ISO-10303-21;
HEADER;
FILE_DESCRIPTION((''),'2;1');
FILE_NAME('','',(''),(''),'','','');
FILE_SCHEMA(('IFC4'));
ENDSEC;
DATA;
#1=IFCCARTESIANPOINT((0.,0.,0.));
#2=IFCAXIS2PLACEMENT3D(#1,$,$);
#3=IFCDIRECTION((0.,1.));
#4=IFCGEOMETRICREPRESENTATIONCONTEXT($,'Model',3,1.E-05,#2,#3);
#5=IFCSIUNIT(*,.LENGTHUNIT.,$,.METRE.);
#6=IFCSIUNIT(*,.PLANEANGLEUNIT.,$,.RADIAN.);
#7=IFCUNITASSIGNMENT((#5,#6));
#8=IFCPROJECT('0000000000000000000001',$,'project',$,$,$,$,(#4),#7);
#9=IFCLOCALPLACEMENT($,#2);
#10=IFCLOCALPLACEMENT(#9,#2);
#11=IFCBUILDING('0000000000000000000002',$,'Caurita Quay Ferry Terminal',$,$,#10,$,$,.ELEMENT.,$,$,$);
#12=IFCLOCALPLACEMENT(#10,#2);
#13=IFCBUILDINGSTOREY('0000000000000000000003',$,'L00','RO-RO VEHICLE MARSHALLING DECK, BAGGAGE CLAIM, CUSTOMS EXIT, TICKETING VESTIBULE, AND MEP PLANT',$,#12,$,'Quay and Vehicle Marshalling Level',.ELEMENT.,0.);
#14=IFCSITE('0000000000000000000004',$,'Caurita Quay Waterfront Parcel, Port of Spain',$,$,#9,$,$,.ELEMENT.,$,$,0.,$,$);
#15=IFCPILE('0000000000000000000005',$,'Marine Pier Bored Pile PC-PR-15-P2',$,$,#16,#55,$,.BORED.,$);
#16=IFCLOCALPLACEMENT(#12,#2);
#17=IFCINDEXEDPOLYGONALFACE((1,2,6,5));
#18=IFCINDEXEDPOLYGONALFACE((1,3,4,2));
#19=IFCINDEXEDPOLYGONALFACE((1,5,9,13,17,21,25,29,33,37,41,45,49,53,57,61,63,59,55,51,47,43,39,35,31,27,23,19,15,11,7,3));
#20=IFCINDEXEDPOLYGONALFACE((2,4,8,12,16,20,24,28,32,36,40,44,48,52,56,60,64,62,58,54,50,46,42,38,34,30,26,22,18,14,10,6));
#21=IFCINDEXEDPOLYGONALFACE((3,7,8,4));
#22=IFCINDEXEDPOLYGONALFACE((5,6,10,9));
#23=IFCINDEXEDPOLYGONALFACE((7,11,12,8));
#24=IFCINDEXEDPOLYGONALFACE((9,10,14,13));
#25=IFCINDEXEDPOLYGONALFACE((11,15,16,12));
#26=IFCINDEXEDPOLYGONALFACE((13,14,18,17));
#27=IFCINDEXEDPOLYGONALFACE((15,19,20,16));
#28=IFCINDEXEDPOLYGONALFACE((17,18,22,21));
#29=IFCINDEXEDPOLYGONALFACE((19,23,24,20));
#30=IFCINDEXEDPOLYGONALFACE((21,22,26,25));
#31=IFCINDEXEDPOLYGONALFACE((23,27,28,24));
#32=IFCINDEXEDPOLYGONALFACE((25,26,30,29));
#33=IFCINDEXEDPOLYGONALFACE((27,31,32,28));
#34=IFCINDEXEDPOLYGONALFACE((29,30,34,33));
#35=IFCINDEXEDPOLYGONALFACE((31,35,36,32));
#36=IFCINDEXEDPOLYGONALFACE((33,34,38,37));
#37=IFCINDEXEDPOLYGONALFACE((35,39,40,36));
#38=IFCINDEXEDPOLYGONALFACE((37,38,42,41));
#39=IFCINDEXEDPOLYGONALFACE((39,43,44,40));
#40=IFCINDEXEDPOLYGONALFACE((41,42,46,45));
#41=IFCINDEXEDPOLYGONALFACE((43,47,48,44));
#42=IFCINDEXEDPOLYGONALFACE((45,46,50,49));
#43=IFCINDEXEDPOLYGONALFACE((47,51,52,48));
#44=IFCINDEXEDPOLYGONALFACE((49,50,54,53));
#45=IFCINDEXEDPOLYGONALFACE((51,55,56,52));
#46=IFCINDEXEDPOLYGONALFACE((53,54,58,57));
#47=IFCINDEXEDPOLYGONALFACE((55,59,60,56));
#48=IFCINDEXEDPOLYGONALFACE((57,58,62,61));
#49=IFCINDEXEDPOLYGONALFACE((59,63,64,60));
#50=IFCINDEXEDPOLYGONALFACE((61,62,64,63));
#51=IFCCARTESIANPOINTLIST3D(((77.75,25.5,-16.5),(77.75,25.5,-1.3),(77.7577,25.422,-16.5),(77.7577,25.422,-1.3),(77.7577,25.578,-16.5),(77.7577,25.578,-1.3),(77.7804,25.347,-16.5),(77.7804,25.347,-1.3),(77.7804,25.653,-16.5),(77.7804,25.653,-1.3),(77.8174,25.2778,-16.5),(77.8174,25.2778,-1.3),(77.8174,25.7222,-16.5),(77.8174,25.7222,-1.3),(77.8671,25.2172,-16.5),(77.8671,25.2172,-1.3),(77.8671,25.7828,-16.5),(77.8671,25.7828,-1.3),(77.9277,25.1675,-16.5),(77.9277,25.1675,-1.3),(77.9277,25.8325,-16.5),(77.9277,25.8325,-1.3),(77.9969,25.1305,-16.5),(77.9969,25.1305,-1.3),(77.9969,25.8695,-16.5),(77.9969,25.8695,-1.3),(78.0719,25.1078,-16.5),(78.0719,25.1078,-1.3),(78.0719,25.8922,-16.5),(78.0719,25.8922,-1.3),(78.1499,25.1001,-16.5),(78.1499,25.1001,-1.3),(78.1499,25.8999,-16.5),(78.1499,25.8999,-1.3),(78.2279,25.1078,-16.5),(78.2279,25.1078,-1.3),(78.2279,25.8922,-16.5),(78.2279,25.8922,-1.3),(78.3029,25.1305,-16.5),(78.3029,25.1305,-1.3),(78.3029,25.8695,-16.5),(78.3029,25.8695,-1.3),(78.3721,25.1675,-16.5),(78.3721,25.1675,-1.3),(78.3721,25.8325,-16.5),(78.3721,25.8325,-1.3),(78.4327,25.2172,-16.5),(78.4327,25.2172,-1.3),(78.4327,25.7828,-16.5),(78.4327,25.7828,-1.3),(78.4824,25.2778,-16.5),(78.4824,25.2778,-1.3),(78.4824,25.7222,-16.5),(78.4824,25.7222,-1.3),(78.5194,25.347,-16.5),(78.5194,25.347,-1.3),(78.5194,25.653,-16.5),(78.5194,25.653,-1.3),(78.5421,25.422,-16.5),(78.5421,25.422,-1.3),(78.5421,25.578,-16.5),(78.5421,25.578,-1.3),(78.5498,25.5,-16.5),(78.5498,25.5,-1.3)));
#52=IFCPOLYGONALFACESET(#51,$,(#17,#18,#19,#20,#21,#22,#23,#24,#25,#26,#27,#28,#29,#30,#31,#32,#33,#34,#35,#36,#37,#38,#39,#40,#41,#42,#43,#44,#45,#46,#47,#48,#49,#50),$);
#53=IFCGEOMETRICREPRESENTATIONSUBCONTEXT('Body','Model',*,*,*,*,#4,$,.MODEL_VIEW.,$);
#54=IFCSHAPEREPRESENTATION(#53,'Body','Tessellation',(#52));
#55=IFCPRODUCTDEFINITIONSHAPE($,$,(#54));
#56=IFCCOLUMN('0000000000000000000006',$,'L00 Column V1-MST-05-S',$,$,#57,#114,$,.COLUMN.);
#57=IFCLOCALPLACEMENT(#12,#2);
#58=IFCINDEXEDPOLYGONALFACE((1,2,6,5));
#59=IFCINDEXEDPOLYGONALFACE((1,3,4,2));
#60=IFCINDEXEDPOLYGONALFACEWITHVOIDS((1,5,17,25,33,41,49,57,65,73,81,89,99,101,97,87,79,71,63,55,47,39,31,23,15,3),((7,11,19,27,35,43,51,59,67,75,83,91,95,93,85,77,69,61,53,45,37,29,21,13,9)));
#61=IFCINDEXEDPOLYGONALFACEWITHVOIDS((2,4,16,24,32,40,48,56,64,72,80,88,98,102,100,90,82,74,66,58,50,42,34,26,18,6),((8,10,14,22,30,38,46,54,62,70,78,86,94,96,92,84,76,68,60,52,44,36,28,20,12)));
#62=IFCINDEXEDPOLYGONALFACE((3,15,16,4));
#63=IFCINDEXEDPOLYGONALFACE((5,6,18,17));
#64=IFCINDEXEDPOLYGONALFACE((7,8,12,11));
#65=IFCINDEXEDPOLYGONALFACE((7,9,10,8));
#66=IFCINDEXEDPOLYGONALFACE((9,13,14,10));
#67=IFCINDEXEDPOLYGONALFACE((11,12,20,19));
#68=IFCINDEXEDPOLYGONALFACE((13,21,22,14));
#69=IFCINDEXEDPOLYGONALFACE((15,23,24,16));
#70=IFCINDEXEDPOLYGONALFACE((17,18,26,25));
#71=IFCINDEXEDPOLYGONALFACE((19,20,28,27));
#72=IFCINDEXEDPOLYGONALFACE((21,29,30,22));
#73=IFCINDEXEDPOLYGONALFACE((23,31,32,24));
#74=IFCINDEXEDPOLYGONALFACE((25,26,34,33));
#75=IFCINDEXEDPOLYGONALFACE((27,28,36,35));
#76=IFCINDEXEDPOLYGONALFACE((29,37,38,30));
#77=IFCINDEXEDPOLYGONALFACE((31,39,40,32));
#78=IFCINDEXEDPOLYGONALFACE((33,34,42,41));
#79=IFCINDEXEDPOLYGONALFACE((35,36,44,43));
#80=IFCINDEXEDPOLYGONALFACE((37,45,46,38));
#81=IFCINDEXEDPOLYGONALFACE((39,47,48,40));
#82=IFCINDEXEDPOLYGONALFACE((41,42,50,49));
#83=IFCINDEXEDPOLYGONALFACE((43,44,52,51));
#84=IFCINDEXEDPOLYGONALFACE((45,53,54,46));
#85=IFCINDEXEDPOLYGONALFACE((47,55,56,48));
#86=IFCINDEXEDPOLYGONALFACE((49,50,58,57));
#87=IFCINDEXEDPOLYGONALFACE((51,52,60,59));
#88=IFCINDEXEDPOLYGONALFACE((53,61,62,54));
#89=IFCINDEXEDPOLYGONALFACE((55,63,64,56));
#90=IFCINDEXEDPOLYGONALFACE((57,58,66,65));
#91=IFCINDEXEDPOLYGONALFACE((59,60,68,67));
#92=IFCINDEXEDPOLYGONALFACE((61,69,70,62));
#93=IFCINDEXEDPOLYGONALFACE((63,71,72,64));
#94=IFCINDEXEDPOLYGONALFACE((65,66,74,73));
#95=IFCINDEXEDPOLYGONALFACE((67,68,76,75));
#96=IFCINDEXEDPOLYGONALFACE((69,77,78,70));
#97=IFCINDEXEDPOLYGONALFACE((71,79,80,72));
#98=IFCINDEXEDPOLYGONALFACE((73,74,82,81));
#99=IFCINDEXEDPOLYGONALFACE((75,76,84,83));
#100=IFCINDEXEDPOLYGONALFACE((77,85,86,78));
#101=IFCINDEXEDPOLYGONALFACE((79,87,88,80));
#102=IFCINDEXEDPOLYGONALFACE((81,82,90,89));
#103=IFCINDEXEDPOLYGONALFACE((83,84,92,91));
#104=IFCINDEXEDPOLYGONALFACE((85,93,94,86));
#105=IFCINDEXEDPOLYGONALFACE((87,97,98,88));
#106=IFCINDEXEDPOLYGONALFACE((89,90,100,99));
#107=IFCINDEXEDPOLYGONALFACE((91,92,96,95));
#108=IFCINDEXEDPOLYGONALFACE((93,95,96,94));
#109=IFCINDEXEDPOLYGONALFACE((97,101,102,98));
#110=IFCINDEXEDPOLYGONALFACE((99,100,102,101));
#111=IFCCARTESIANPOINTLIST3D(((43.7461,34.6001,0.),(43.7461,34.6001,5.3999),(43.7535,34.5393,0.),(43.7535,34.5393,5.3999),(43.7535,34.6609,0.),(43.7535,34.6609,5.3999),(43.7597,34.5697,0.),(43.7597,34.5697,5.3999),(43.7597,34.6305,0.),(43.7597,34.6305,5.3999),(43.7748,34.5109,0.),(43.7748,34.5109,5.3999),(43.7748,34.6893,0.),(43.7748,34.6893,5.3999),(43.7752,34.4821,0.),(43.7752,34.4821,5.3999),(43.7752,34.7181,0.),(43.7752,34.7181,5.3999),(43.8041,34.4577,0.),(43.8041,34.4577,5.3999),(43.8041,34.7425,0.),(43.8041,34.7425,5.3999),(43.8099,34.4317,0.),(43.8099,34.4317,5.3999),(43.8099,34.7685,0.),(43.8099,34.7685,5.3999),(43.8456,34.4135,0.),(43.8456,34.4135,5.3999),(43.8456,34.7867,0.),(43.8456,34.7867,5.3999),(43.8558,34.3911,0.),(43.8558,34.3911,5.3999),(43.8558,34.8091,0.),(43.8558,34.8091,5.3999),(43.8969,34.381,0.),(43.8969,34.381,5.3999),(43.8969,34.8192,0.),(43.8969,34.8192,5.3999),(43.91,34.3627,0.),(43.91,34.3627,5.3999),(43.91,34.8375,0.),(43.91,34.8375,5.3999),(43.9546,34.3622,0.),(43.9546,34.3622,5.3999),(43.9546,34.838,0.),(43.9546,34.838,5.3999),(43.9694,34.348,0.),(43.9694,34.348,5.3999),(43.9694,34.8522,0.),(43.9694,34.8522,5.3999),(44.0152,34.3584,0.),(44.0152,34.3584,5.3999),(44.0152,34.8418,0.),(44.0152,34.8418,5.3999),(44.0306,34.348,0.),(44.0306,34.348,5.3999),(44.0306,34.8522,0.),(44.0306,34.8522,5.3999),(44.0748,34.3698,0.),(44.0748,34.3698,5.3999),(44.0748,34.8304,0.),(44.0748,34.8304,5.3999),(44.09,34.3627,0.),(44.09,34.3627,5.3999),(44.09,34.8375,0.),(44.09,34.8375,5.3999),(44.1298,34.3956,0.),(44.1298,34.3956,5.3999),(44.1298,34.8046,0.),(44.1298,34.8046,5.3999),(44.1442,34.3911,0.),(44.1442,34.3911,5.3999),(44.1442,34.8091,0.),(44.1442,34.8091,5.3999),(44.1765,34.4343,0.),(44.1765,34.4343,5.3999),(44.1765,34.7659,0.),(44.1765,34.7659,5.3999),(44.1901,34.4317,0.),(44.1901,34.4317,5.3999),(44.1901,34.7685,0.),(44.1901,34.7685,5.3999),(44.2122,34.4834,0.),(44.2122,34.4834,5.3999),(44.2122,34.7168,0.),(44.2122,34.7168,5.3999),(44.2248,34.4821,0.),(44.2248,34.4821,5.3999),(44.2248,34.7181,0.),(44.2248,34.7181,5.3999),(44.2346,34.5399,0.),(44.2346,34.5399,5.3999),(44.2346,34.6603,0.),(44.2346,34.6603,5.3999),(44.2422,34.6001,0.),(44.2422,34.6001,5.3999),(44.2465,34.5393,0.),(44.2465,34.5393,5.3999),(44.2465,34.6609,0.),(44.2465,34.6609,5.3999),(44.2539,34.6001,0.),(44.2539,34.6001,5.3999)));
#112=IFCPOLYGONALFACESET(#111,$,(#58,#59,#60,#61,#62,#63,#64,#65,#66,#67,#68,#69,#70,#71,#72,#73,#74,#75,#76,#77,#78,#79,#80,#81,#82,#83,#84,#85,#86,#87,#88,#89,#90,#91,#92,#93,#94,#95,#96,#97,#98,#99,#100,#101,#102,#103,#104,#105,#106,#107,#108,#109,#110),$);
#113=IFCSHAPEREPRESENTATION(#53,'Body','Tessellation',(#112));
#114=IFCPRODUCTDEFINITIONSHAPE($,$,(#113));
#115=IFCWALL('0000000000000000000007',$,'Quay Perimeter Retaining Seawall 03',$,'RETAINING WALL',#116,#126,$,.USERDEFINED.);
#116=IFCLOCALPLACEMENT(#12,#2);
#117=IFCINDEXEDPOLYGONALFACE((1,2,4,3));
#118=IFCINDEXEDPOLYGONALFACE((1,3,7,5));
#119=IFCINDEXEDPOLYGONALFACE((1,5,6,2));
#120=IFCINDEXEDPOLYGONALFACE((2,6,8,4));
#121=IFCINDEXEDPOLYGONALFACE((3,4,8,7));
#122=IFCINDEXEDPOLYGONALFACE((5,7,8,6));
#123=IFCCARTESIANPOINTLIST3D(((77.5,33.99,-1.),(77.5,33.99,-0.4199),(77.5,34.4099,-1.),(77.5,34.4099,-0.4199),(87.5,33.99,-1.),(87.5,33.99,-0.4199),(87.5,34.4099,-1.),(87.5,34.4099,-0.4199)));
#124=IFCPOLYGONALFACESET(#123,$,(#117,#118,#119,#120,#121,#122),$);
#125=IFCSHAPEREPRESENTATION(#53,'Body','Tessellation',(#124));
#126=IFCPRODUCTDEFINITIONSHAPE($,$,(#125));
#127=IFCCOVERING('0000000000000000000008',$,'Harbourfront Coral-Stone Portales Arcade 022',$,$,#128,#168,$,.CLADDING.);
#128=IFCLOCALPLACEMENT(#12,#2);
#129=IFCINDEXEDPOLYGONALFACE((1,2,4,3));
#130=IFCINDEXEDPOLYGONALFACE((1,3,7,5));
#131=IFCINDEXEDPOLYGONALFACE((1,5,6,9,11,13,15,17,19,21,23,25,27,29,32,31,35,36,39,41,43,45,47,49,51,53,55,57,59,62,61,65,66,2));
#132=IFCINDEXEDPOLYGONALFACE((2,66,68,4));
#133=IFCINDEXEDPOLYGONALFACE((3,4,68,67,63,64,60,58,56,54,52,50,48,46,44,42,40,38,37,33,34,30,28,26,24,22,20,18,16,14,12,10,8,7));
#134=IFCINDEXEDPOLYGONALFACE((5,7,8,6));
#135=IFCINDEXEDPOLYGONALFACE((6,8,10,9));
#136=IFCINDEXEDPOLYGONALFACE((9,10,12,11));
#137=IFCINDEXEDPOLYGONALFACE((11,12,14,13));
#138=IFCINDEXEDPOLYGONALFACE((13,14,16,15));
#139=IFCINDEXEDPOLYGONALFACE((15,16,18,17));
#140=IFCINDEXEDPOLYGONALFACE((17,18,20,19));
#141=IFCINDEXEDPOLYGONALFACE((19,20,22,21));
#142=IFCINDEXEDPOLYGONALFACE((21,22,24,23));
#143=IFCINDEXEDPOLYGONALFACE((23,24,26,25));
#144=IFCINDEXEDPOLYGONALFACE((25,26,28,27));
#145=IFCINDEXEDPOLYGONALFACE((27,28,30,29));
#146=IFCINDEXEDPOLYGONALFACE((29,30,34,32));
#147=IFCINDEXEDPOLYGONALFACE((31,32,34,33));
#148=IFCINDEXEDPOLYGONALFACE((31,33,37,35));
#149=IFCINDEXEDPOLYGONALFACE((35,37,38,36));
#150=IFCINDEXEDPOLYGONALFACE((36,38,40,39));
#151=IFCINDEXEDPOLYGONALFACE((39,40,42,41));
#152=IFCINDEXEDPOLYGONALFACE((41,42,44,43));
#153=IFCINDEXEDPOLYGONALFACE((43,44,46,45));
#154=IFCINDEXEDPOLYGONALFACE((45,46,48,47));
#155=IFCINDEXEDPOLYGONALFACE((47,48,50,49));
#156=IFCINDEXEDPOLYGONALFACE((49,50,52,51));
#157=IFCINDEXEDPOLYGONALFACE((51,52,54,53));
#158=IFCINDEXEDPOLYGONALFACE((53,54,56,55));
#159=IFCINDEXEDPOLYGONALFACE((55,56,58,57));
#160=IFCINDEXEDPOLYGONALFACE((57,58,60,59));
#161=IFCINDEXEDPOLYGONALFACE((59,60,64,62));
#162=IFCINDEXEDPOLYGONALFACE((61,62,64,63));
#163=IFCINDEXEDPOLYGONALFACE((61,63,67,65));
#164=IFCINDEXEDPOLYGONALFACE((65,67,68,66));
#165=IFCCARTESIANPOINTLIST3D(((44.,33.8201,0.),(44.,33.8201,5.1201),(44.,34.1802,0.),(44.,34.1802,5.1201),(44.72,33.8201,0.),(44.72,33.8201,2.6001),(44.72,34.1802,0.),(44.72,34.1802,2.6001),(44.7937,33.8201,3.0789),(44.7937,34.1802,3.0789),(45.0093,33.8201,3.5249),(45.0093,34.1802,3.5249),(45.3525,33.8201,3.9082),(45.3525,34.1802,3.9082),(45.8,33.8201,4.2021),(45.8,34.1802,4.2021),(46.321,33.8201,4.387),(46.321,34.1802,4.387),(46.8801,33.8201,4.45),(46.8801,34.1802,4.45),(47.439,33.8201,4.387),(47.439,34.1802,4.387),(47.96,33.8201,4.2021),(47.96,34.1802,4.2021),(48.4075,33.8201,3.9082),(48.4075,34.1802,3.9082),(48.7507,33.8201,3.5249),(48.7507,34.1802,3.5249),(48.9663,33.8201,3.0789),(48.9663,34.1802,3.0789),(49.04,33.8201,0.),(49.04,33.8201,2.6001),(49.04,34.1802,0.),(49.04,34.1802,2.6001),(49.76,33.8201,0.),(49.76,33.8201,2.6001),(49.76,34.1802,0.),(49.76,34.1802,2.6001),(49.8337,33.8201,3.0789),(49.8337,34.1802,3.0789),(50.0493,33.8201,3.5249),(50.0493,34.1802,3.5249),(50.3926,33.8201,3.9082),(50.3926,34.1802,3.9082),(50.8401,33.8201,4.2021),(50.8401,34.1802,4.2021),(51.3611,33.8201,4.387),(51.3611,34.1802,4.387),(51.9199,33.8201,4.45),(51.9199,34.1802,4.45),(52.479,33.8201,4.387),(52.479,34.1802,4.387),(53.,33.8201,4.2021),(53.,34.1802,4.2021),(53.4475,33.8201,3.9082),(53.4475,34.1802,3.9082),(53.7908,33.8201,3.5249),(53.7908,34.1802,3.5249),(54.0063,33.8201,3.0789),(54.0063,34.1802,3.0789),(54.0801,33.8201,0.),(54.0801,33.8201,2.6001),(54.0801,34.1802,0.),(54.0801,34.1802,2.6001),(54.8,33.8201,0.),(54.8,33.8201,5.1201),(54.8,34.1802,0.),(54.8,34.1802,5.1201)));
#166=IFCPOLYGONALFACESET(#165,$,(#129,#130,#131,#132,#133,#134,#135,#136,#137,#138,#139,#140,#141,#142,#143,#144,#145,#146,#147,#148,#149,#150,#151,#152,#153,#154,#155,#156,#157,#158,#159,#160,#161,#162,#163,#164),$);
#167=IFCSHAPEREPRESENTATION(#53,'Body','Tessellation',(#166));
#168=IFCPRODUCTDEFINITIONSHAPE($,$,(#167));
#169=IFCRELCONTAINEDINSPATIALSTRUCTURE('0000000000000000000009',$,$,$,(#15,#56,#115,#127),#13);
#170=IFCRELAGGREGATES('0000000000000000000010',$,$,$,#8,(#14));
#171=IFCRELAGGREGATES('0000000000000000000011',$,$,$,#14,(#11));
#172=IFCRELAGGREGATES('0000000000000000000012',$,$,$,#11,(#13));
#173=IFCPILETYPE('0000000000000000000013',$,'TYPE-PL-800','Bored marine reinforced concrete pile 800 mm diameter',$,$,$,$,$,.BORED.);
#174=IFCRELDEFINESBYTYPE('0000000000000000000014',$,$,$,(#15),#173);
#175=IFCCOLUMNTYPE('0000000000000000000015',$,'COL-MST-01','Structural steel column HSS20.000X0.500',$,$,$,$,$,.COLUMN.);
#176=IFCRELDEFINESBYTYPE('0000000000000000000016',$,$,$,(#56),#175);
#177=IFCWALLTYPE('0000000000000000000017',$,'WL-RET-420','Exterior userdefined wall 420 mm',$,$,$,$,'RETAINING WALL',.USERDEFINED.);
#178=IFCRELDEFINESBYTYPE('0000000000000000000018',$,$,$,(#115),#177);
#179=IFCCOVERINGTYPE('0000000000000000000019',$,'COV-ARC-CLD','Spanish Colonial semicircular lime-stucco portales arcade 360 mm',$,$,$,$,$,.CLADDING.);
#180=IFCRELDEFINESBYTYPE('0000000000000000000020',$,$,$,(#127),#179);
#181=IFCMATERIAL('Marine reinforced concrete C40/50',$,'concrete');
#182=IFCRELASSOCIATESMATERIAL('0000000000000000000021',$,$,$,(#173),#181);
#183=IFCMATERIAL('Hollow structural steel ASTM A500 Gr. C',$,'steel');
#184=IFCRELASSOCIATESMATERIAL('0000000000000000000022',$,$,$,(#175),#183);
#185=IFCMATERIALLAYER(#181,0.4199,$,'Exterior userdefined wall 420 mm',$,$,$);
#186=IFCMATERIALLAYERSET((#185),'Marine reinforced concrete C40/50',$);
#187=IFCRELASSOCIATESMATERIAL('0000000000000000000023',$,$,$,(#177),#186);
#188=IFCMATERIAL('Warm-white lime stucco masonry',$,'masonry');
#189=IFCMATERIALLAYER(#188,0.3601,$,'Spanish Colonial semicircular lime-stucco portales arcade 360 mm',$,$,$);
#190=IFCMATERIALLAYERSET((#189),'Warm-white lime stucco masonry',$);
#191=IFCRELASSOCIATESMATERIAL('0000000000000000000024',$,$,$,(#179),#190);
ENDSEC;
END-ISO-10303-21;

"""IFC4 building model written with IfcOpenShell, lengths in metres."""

from ifc_helpers import new_model, si_unit, direction, frame, frame_2d, origin, origin_2d, place, context, subcontext, project, spatial, polyline, rectangle, circle, hollow_circle, outline, extrude, material, layer, layer_set, material_profile, profile_set, type_object, element, save


model = new_model("IFC4")

# Units and contexts
model_context = context("Model", 3, precision=1e-05, world=origin(), true_north=direction((0.0, 1.0)))
body_context = subcontext(model_context, "Body", "Model", "MODEL_VIEW")
ifc_project = project(units=[si_unit("LENGTHUNIT", "METRE"), si_unit("PLANEANGLEUNIT", "RADIAN")], contexts=[model_context])

# Site, building, storey
site_placement = place(None, origin())
site = spatial("IfcSite", under=ifc_project, at=site_placement, Name="Caurita Quay Waterfront Parcel, Port of Spain", CompositionType="ELEMENT", RefElevation=0.0)
building_placement = place(site_placement, origin())
building = spatial("IfcBuilding", under=site, at=building_placement, Name="Caurita Quay Ferry Terminal", CompositionType="ELEMENT")
storey_placement = place(building_placement, origin())
storey = spatial("IfcBuildingStorey", under=building, at=storey_placement, Name="L00", Description="RO-RO VEHICLE MARSHALLING DECK, BAGGAGE CLAIM, CUSTOMS EXIT, TICKETING VESTIBULE, AND MEP PLANT", LongName="Quay and Vehicle Marshalling Level", CompositionType="ELEMENT", Elevation=0.0)

# Pile
ifc_material_1 = material(Name="Marine reinforced concrete C40/50", Category="concrete")
ifc_material_profile_1 = material_profile(ifc_material_1, circle(Radius=0.3999, at=origin_2d()), Name="PILE-D800")
ifc_profile_set_1 = profile_set([ifc_material_profile_1], Name="Marine reinforced concrete C40/50")
pile_type_1 = type_object("IfcPileType", Name="TYPE-PL-800", Description="Bored marine reinforced concrete pile 800 mm diameter", PredefinedType="BORED", material=ifc_profile_set_1)
for number, where, z_axis, x_axis, name in (
    (1, (78.1499, 25.5, -1.3), (0.0, 0.0, -1.0), (1.0, 0.0, 0.0), "Marine Pier Bored Pile PC-PR-15-P2"),
):
    element("IfcPile", number, at=place(storey_placement, frame(where, z_axis=z_axis, x_axis=x_axis)), inside=storey, type_object=pile_type_1, Name=name, PredefinedType="BORED", context=body_context, shape_type="SweptSolid", body=[
        extrude(circle(Radius=0.3999, at=origin_2d()), origin(), (0.0, 0.0, 1.0), 15.2),
    ])

# Column
ifc_material_2 = material(Name="Hollow structural steel ASTM A500 Gr. C", Category="steel")
ifc_material_profile_2 = material_profile(ifc_material_2, hollow_circle(Radius=0.2539, WallThickness=0.0117, at=origin_2d()), Name="HSS20.000X0.500")
ifc_profile_set_2 = profile_set([ifc_material_profile_2], Name="Hollow structural steel ASTM A500 Gr. C")
column_type = type_object("IfcColumnType", Name="COL-MST-01", Description="Structural steel column HSS20.000X0.500", PredefinedType="COLUMN", material=ifc_profile_set_2)
column_placement = place(storey_placement, frame((44.0, 34.6001, 0.0), z_axis=(0.0, 0.0, 1.0), x_axis=(1.0, 0.0, 0.0)))
element("IfcColumn", 2, at=column_placement, inside=storey, type_object=column_type, Name="L00 Column V1-MST-05-S", PredefinedType="COLUMN", context=body_context, shape_type="SweptSolid", body=[
    extrude(hollow_circle(Radius=0.2539, WallThickness=0.0117, at=origin_2d()), origin(), (0.0, 0.0, 1.0), 5.3999),
])

# Wall
ifc_layer_1 = layer(ifc_material_1, 0.4199, Name="Exterior userdefined wall 420 mm")
ifc_layer_set_1 = layer_set([ifc_layer_1], Name="Marine reinforced concrete C40/50")
wall_type = type_object("IfcWallType", Name="WL-RET-420", Description="Exterior userdefined wall 420 mm", ElementType="RETAINING WALL", PredefinedType="USERDEFINED", material=ifc_layer_set_1)
wall_placement = place(storey_placement, frame((77.5, 34.2, -1.0), z_axis=(0.0, 0.0, 1.0), x_axis=(1.0, 0.0, 0.0)))
element("IfcWall", 3, at=wall_placement, inside=storey, type_object=wall_type, Name="Quay Perimeter Retaining Seawall 03", ObjectType="RETAINING WALL", PredefinedType="USERDEFINED", context=body_context, shape_type="SweptSolid", body=[
    extrude(rectangle(XDim=10.0, YDim=0.4199, at=frame_2d((5.0, 0.0))), origin(), (0.0, 0.0, 1.0), 0.5801),
])

# Covering
ifc_material_3 = material(Name="Warm-white lime stucco masonry", Category="masonry")
ifc_layer_2 = layer(ifc_material_3, 0.3601, Name="Spanish Colonial semicircular lime-stucco portales arcade 360 mm")
ifc_layer_set_2 = layer_set([ifc_layer_2], Name="Warm-white lime stucco masonry")
covering_type_1 = type_object("IfcCoveringType", Name="COV-ARC-CLD", Description="Spanish Colonial semicircular lime-stucco portales arcade 360 mm", PredefinedType="CLADDING", material=ifc_layer_set_2)
for number, where, z_axis, x_axis, name in (
    (4, (44.0, 34.0, 0.0), (0.0, 0.0, 1.0), (1.0, 0.0, 0.0), "Harbourfront Coral-Stone Portales Arcade 022"),
):
    element("IfcCovering", number, at=place(storey_placement, frame(where, z_axis=z_axis, x_axis=x_axis)), inside=storey, type_object=covering_type_1, Name=name, PredefinedType="CLADDING", context=body_context, shape_type="SweptSolid", body=[
        extrude(outline(polyline([(0.0, 0.0), (0.72, 0.0), (0.72, 2.6001), (0.7937, 3.0789), (1.0093, 3.5249), (1.3525, 3.9082), (1.8, 4.2021), (2.321, 4.387), (2.8801, 4.45), (3.439, 4.387), (3.96, 4.2021), (4.4075, 3.9082), (4.7507, 3.5249), (4.9663, 3.0789), (5.04, 2.6001), (5.04, 0.0), (5.76, 0.0), (5.76, 2.6001), (5.8337, 3.0789), (6.0493, 3.5249), (6.3926, 3.9082), (6.8401, 4.2021), (7.3611, 4.387), (7.9199, 4.45), (8.479, 4.387), (9.0, 4.2021), (9.4475, 3.9082), (9.7908, 3.5249), (10.0063, 3.0789), (10.0801, 2.6001), (10.0801, 0.0), (10.8, 0.0), (10.8, 5.1201), (0.0, 5.1201), (0.0, 0.0)])), frame((0.0, 0.1802, 0.0), z_axis=(0.0, -1.0, 0.0), x_axis=(1.0, 0.0, 0.0)), (0.0, 0.0, 1.0), 0.3601),
    ])

save(model, "model.ifc")
